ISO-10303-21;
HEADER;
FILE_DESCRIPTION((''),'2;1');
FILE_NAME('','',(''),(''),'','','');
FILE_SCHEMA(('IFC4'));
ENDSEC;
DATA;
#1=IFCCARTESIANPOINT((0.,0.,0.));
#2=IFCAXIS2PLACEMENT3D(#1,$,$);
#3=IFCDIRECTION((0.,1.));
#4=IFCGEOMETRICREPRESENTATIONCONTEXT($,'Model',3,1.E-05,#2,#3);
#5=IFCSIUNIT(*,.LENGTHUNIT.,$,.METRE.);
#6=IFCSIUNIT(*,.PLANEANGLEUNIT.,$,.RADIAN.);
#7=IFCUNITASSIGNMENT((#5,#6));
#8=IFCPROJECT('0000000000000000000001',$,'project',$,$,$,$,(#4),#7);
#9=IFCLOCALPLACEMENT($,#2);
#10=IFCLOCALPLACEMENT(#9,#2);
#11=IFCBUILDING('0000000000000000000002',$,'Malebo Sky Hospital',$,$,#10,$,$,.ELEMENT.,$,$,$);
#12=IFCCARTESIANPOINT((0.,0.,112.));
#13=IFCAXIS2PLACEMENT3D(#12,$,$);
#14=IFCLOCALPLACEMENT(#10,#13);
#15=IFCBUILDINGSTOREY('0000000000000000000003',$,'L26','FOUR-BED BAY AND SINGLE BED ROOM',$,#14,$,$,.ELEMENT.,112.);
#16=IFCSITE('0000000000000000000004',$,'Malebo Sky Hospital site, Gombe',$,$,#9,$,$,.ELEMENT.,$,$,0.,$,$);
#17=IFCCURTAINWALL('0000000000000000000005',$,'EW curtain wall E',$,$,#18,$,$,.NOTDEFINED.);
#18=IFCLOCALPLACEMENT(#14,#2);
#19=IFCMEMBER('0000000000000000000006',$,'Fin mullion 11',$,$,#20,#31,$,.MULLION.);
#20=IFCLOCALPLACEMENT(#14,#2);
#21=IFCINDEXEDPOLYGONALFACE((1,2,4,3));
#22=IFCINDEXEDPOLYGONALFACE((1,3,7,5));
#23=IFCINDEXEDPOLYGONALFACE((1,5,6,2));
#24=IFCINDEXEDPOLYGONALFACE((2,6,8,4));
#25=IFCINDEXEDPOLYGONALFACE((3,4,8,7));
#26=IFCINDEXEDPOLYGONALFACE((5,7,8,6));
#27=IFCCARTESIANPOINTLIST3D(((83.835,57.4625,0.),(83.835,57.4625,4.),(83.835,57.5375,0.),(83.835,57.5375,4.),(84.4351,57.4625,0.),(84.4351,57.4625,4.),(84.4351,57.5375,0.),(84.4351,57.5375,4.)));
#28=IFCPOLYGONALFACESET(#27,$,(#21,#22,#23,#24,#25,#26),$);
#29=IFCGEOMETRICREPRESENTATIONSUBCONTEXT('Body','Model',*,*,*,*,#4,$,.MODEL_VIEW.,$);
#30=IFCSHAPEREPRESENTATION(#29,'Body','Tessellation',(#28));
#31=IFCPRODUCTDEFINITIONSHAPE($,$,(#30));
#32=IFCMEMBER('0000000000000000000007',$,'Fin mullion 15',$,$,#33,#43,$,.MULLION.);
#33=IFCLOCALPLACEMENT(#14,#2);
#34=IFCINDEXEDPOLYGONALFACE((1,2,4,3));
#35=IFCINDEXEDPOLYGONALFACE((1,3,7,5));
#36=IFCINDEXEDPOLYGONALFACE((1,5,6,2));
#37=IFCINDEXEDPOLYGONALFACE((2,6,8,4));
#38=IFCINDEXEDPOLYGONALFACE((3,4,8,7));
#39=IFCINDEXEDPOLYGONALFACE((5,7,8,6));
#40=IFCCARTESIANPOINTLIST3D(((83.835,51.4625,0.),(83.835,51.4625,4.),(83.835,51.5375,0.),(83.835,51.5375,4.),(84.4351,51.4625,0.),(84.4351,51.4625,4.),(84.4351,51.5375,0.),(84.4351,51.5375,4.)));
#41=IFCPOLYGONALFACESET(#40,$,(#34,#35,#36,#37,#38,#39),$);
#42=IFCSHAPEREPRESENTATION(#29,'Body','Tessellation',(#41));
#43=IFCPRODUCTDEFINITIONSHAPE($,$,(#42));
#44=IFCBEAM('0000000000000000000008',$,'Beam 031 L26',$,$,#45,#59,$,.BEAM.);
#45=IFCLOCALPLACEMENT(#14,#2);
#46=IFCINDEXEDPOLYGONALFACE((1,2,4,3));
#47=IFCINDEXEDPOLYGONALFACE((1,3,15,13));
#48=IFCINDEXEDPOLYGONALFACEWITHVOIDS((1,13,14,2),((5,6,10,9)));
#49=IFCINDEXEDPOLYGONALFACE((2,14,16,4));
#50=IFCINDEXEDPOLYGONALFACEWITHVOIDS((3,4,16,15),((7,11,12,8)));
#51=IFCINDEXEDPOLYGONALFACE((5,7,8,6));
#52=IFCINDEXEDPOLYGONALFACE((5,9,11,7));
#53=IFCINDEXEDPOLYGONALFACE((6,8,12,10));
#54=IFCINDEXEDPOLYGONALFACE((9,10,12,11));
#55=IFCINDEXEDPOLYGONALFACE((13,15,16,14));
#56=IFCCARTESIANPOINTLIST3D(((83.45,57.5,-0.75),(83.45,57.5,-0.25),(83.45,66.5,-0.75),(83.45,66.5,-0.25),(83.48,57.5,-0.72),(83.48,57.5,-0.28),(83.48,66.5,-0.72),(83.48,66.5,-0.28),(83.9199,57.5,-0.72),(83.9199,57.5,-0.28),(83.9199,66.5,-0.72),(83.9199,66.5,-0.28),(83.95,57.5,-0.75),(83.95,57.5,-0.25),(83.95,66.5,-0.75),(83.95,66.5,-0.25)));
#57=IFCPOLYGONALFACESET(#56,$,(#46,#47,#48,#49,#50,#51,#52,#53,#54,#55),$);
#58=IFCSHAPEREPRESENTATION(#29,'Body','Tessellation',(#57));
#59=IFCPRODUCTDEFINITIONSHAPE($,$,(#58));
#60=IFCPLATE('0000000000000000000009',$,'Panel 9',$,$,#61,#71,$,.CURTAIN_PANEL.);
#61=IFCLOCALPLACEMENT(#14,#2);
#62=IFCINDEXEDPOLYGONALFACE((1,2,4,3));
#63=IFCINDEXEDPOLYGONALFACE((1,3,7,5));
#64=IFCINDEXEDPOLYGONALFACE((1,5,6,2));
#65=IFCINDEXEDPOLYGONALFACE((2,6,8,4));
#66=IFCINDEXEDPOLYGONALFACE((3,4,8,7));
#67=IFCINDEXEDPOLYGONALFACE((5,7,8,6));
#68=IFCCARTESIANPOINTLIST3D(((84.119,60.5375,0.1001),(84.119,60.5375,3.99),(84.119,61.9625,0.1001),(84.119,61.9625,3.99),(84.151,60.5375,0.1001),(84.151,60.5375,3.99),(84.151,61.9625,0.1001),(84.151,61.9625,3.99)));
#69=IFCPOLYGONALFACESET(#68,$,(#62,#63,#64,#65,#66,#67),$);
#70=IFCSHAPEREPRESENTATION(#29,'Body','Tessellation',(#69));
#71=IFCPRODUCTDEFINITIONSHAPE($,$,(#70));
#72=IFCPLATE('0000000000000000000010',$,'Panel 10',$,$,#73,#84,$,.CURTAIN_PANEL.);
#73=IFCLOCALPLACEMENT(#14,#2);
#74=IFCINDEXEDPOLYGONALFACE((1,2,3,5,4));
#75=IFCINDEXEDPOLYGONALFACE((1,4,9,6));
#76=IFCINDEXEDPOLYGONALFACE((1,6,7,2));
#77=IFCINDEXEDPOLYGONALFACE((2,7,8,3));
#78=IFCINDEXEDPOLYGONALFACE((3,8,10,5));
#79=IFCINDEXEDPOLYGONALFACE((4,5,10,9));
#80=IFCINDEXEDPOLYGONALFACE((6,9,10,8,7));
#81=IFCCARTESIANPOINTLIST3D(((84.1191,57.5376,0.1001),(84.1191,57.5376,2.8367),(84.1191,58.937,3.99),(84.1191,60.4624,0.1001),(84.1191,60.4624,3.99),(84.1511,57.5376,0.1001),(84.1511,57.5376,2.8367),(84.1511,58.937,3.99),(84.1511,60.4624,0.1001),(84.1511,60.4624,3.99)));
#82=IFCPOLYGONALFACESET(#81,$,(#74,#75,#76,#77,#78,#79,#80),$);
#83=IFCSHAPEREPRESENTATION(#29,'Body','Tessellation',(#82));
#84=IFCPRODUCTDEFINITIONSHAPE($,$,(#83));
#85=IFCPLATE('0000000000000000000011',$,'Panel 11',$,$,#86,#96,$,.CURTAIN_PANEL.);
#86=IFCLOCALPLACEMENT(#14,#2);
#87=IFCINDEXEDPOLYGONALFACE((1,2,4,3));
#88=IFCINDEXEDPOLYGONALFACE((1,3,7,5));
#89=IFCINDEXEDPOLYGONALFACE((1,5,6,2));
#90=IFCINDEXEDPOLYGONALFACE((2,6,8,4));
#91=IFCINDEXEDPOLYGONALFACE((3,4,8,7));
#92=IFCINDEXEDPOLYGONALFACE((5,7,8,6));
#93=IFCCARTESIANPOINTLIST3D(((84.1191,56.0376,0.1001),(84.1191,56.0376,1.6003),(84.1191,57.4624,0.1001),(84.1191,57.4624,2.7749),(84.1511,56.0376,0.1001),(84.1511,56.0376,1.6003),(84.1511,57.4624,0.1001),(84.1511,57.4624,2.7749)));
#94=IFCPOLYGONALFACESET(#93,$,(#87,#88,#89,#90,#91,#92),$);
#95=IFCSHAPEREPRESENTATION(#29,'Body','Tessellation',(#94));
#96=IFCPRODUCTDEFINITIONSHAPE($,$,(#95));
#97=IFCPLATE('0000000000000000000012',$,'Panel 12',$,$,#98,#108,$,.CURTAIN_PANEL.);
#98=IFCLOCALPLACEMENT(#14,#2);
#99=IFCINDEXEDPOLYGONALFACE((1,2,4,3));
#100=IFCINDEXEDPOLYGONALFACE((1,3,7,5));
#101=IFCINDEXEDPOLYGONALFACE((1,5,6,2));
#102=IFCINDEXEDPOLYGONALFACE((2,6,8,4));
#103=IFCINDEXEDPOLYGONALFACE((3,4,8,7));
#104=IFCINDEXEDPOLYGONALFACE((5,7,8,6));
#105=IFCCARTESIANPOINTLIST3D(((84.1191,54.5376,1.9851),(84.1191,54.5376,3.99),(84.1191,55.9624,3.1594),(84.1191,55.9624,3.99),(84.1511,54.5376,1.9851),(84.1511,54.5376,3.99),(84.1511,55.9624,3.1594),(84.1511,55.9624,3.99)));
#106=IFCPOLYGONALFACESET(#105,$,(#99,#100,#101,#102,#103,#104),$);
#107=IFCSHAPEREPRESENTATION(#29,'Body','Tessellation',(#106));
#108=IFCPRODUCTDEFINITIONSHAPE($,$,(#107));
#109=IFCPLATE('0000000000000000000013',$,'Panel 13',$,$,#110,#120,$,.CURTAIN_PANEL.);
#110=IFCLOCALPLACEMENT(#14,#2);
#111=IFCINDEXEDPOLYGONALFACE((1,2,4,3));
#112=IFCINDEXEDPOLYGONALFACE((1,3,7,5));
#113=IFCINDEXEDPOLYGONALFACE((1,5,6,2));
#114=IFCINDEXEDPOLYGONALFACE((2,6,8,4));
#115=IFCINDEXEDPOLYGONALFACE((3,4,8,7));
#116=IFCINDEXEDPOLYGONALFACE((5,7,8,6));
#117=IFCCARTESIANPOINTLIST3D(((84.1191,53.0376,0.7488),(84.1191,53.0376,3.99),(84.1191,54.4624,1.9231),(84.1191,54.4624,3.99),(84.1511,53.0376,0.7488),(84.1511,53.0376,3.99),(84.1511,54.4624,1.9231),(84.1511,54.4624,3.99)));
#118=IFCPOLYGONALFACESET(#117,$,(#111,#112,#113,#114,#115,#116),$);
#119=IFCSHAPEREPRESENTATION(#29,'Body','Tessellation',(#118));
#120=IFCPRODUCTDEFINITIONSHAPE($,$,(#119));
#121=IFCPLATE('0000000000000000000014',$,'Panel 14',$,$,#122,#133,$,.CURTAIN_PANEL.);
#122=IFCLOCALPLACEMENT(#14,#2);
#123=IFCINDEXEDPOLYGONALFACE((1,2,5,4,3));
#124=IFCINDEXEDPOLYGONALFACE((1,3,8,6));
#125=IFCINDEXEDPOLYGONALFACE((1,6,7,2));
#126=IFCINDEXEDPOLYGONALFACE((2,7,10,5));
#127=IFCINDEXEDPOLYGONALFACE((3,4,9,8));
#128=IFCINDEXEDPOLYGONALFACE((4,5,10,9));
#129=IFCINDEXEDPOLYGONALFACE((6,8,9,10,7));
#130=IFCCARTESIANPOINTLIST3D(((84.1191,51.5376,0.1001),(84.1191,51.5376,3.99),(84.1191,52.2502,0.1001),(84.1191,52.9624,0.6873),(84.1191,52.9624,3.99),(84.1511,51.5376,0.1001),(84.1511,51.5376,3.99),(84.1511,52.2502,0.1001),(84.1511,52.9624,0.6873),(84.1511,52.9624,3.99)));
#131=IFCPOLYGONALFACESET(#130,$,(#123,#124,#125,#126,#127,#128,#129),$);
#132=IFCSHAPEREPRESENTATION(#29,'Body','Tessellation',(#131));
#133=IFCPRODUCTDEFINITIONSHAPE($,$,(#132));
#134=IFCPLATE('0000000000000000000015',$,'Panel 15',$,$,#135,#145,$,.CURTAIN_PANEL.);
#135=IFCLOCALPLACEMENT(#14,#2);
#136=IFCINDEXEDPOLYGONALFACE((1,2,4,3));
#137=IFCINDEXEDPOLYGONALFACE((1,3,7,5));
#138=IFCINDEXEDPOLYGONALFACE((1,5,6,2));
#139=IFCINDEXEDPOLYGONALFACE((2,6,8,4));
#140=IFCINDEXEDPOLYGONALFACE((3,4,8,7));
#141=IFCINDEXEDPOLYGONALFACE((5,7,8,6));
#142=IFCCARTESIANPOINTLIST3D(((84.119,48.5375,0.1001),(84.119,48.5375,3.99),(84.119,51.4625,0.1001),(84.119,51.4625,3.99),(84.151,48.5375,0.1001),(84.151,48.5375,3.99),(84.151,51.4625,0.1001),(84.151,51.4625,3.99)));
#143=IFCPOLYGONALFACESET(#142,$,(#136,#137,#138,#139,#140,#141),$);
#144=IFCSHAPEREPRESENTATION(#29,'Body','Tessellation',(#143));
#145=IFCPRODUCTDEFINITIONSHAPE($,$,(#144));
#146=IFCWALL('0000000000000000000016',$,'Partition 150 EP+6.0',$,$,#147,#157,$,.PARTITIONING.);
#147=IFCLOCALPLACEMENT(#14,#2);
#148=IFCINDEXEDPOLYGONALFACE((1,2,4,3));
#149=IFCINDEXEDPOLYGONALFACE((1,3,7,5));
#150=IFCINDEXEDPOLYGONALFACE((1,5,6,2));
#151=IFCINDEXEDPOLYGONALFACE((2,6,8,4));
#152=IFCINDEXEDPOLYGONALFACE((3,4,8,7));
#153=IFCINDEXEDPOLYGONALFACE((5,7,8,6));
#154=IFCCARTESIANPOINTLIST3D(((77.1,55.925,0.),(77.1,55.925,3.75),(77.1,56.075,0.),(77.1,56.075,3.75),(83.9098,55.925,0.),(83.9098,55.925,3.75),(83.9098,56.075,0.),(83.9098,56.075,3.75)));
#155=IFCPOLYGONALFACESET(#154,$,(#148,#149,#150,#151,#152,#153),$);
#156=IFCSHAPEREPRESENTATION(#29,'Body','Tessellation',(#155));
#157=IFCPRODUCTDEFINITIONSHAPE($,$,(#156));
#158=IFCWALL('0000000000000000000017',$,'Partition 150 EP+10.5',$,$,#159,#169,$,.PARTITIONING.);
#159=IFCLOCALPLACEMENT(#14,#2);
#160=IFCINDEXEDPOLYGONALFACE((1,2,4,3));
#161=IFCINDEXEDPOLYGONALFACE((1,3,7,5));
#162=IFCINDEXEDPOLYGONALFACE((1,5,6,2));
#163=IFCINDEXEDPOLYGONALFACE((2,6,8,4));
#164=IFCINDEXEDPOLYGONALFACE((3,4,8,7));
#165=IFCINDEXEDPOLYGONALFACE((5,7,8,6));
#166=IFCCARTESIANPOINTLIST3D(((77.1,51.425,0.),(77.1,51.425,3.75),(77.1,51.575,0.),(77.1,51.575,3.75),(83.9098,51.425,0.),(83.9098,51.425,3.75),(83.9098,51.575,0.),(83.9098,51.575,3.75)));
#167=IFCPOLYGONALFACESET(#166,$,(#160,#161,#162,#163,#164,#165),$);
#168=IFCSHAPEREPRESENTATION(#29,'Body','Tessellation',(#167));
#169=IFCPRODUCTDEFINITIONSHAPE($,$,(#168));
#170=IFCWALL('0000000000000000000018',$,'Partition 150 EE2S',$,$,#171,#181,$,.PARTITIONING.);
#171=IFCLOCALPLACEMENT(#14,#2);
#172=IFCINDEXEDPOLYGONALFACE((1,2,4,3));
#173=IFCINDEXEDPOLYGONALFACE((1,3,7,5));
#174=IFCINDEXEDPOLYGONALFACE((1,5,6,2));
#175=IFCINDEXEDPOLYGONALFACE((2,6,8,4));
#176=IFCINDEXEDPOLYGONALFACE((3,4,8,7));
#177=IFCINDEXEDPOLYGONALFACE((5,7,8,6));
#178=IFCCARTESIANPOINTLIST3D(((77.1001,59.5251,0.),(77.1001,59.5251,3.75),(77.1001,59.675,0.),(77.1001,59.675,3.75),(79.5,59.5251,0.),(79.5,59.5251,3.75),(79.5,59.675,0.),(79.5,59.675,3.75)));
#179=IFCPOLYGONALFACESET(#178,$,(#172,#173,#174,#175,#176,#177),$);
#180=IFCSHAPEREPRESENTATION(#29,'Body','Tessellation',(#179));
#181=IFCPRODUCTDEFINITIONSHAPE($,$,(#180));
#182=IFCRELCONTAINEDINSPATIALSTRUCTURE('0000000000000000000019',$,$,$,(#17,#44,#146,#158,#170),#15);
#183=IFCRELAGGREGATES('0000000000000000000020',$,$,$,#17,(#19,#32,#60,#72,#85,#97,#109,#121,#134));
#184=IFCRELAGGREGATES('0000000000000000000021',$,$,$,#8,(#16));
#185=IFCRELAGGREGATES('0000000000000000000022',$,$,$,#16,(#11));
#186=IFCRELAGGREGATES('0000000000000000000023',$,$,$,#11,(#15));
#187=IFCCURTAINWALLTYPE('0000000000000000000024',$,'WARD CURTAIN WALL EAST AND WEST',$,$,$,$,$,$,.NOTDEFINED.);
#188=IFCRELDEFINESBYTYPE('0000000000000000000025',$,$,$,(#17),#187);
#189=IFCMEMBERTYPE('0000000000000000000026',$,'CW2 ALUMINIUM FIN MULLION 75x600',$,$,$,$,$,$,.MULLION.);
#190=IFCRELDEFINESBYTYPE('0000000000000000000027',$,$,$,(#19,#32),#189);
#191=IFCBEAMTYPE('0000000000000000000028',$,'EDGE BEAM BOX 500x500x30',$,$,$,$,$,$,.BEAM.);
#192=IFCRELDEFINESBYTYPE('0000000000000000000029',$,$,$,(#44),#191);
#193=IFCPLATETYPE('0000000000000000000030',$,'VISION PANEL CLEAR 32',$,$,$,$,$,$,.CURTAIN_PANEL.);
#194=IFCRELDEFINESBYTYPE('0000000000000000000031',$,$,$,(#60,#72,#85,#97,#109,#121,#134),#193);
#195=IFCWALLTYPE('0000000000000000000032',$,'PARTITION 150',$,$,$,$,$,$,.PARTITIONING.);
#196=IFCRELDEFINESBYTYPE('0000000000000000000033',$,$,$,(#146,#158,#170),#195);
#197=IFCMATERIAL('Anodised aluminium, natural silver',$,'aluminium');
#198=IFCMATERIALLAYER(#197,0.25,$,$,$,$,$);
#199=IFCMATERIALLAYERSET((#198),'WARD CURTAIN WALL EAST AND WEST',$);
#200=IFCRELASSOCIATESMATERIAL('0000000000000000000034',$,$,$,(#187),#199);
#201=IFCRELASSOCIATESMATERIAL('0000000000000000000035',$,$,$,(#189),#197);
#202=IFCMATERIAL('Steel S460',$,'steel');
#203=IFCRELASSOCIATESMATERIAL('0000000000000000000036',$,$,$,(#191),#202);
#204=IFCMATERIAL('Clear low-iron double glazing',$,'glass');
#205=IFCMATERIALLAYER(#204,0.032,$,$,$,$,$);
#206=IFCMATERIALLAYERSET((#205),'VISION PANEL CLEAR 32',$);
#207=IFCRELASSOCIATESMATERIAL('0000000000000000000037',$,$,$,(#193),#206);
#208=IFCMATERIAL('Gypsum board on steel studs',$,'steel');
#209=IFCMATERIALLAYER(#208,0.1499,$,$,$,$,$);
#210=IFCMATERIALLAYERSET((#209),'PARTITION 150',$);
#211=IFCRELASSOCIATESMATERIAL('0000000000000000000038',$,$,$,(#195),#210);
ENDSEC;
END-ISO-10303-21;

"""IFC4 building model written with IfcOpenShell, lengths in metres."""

from ifc_helpers import new_model, si_unit, direction, frame, frame_2d, origin, origin_2d, place, context, subcontext, project, spatial, polyline, rectangle, hollow_rectangle, outline, extrude, material, layer, layer_set, material_profile, profile_set, type_object, element, aggregate, save


model = new_model("IFC4")

# Units and contexts
model_context = context("Model", 3, precision=1e-05, world=origin(), true_north=direction((0.0, 1.0)))
body_context = subcontext(model_context, "Body", "Model", "MODEL_VIEW")
ifc_project = project(units=[si_unit("LENGTHUNIT", "METRE"), si_unit("PLANEANGLEUNIT", "RADIAN")], contexts=[model_context])

# Site, building, storey
site_placement = place(None, origin())
site = spatial("IfcSite", under=ifc_project, at=site_placement, Name="Malebo Sky Hospital site, Gombe", CompositionType="ELEMENT", RefElevation=0.0)
building_placement = place(site_placement, origin())
building = spatial("IfcBuilding", under=site, at=building_placement, Name="Malebo Sky Hospital", CompositionType="ELEMENT")
storey_placement = place(building_placement, frame((0.0, 0.0, 112.0)))
storey = spatial("IfcBuildingStorey", under=building, at=storey_placement, Name="L26", Description="FOUR-BED BAY AND SINGLE BED ROOM", CompositionType="ELEMENT", Elevation=112.0)

# Shared definitions
ifc_material_1 = material(Name="Steel S460", Category="steel")

# Curtain wall
ifc_material_2 = material(Name="Anodised aluminium, natural silver", Category="aluminium")
ifc_layer_1 = layer(ifc_material_2, 0.25)
ifc_layer_set_1 = layer_set([ifc_layer_1], Name="WARD CURTAIN WALL EAST AND WEST")
curtain_wall_type = type_object("IfcCurtainWallType", Name="WARD CURTAIN WALL EAST AND WEST", PredefinedType="NOTDEFINED", material=ifc_layer_set_1)
curtain_wall_placement = place(storey_placement, origin())
curtain_wall = element("IfcCurtainWall", 1, at=curtain_wall_placement, inside=storey, type_object=curtain_wall_type, Name="EW curtain wall E", PredefinedType="NOTDEFINED")

# Members
ifc_material_profile_1 = material_profile(ifc_material_2, rectangle(XDim=0.075, YDim=0.6001, at=origin_2d()), Name="CW2 ALUMINIUM FIN MULLION 75x600")
ifc_profile_set_1 = profile_set([ifc_material_profile_1], Name="Anodised aluminium, natural silver")
member_type_1 = type_object("IfcMemberType", Name="CW2 ALUMINIUM FIN MULLION 75x600", PredefinedType="MULLION", material=ifc_profile_set_1)
member_1_placement = place(storey_placement, frame((84.135, 57.5, 0.0), z_axis=(0.0, 0.0, 1.0), x_axis=(0.0, -1.0, 0.0)))
member_1 = element("IfcMember", 2, at=member_1_placement, type_object=member_type_1, Name="Fin mullion 11", PredefinedType="MULLION", context=body_context, shape_type="SweptSolid", body=[
    extrude(rectangle(XDim=0.075, YDim=0.6001, at=origin_2d()), origin(), (0.0, 0.0, 1.0), 4.0),
])
member_2_placement = place(storey_placement, frame((84.135, 51.5, 0.0), z_axis=(0.0, 0.0, 1.0), x_axis=(0.0, -1.0, 0.0)))
member_2 = element("IfcMember", 3, at=member_2_placement, type_object=member_type_1, Name="Fin mullion 15", PredefinedType="MULLION", context=body_context, shape_type="SweptSolid", body=[
    extrude(rectangle(XDim=0.075, YDim=0.6001, at=origin_2d()), origin(), (0.0, 0.0, 1.0), 4.0),
])

# Beam
ifc_material_profile_2 = material_profile(ifc_material_1, hollow_rectangle(XDim=0.5, YDim=0.5, WallThickness=0.03, at=origin_2d()), Name="BOX 500x500x30")
ifc_profile_set_2 = profile_set([ifc_material_profile_2], Name="Steel S460")
beam_type = type_object("IfcBeamType", Name="EDGE BEAM BOX 500x500x30", PredefinedType="BEAM", material=ifc_profile_set_2)
beam_placement = place(storey_placement, frame((83.7, 57.5, -0.5), z_axis=(0.0, 1.0, 0.0), x_axis=(-1.0, 0.0, 0.0)))
element("IfcBeam", 4, at=beam_placement, inside=storey, type_object=beam_type, Name="Beam 031 L26", PredefinedType="BEAM", context=body_context, shape_type="SweptSolid", body=[
    extrude(hollow_rectangle(XDim=0.5, YDim=0.5, WallThickness=0.03, at=origin_2d()), origin(), (0.0, 0.0, 1.0), 9.0),
])

# Plates
ifc_material_3 = material(Name="Clear low-iron double glazing", Category="glass")
ifc_layer_2 = layer(ifc_material_3, 0.032)
ifc_layer_set_2 = layer_set([ifc_layer_2], Name="VISION PANEL CLEAR 32")
plate_type = type_object("IfcPlateType", Name="VISION PANEL CLEAR 32", PredefinedType="CURTAIN_PANEL", material=ifc_layer_set_2)
plate_1_placement = place(storey_placement, frame((84.135, 61.25, 0.1001), z_axis=(0.0, 0.0, 1.0), x_axis=(0.0, -1.0, 0.0)))
plate_1 = element("IfcPlate", 5, at=plate_1_placement, type_object=plate_type, Name="Panel 9", PredefinedType="CURTAIN_PANEL", context=body_context, shape_type="SweptSolid", body=[
    extrude(rectangle(XDim=1.425, YDim=0.032, at=origin_2d()), origin(), (0.0, 0.0, 1.0), 3.8899),
])
plate_2_placement = place(storey_placement, frame((84.135, 59.0, 0.1001), z_axis=(0.0, 0.0, 1.0), x_axis=(0.0, -1.0, 0.0)))
plate_2 = element("IfcPlate", 6, at=plate_2_placement, type_object=plate_type, Name="Panel 10", PredefinedType="CURTAIN_PANEL", context=body_context, shape_type="SweptSolid", body=[
    extrude(outline(polyline([(-1.4624, 0.0), (1.4624, 0.0), (1.4624, 2.7366), (0.063, 3.8899), (-1.4624, 3.8899), (-1.4624, 0.0)])), frame((0.0, 0.0161, 0.0), z_axis=(0.0, -1.0, 0.0), x_axis=(1.0, 0.0, 0.0)), (0.0, 0.0, 1.0), 0.032),
])
plate_3_placement = place(storey_placement, frame((84.135, 56.75, 0.1001), z_axis=(0.0, 0.0, 1.0), x_axis=(0.0, -1.0, 0.0)))
plate_3 = element("IfcPlate", 7, at=plate_3_placement, type_object=plate_type, Name="Panel 11", PredefinedType="CURTAIN_PANEL", context=body_context, shape_type="SweptSolid", body=[
    extrude(outline(polyline([(-0.7124, 0.0), (0.7124, 0.0), (0.7124, 1.5002), (-0.7124, 2.6748), (-0.7124, 0.0)])), frame((0.0, 0.0161, 0.0), z_axis=(0.0, -1.0, 0.0), x_axis=(1.0, 0.0, 0.0)), (0.0, 0.0, 1.0), 0.032),
])
plate_4_placement = place(storey_placement, frame((84.135, 55.25, 1.9851), z_axis=(0.0, 0.0, 1.0), x_axis=(0.0, -1.0, 0.0)))
plate_4 = element("IfcPlate", 8, at=plate_4_placement, type_object=plate_type, Name="Panel 12", PredefinedType="CURTAIN_PANEL", context=body_context, shape_type="SweptSolid", body=[
    extrude(outline(polyline([(0.7124, 0.0), (0.7124, 2.0049), (-0.7124, 2.0049), (-0.7124, 1.1743), (0.7124, 0.0)])), frame((0.0, 0.0161, 0.0), z_axis=(0.0, -1.0, 0.0), x_axis=(1.0, 0.0, 0.0)), (0.0, 0.0, 1.0), 0.032),
])
plate_5_placement = place(storey_placement, frame((84.135, 53.75, 0.7488), z_axis=(0.0, 0.0, 1.0), x_axis=(0.0, -1.0, 0.0)))
plate_5 = element("IfcPlate", 9, at=plate_5_placement, type_object=plate_type, Name="Panel 13", PredefinedType="CURTAIN_PANEL", context=body_context, shape_type="SweptSolid", body=[
    extrude(outline(polyline([(0.7124, 0.0), (0.7124, 3.2412), (-0.7124, 3.2412), (-0.7124, 1.1743), (0.7124, 0.0)])), frame((0.0, 0.0161, 0.0), z_axis=(0.0, -1.0, 0.0), x_axis=(1.0, 0.0, 0.0)), (0.0, 0.0, 1.0), 0.032),
])
plate_6_placement = place(storey_placement, frame((84.135, 52.25, 0.1001), z_axis=(0.0, 0.0, 1.0), x_axis=(0.0, -1.0, 0.0)))
plate_6 = element("IfcPlate", 10, at=plate_6_placement, type_object=plate_type, Name="Panel 14", PredefinedType="CURTAIN_PANEL", context=body_context, shape_type="SweptSolid", body=[
    extrude(outline(polyline([(-0.0002, 0.0), (0.7124, 0.0), (0.7124, 3.8899), (-0.7124, 3.8899), (-0.7124, 0.5872), (-0.0002, 0.0)])), frame((0.0, 0.0161, 0.0), z_axis=(0.0, -1.0, 0.0), x_axis=(1.0, 0.0, 0.0)), (0.0, 0.0, 1.0), 0.032),
])
plate_7_placement = place(storey_placement, frame((84.135, 50.0, 0.1001), z_axis=(0.0, 0.0, 1.0), x_axis=(0.0, -1.0, 0.0)))
plate_7 = element("IfcPlate", 11, at=plate_7_placement, type_object=plate_type, Name="Panel 15", PredefinedType="CURTAIN_PANEL", context=body_context, shape_type="SweptSolid", body=[
    extrude(rectangle(XDim=2.925, YDim=0.032, at=origin_2d()), origin(), (0.0, 0.0, 1.0), 3.8899),
])
aggregate(curtain_wall, [member_1, member_2, plate_1, plate_2, plate_3, plate_4, plate_5, plate_6, plate_7])

# Walls
ifc_material_4 = material(Name="Gypsum board on steel studs", Category="steel")
ifc_layer_3 = layer(ifc_material_4, 0.1499)
ifc_layer_set_3 = layer_set([ifc_layer_3], Name="PARTITION 150")
wall_type = type_object("IfcWallType", Name="PARTITION 150", PredefinedType="PARTITIONING", material=ifc_layer_set_3)
for number, where, z_axis, x_axis, name in (
    (12, (77.1001, 56.0, 0.0), (0.0, 0.0, 1.0), (1.0, 0.0, 0.0), "Partition 150 EP+6.0"),
    (13, (77.1001, 51.5, 0.0), (0.0, 0.0, 1.0), (1.0, 0.0, 0.0), "Partition 150 EP+10.5"),
):
    element("IfcWall", number, at=place(storey_placement, frame(where, z_axis=z_axis, x_axis=x_axis)), inside=storey, type_object=wall_type, Name=name, PredefinedType="PARTITIONING", context=body_context, shape_type="SweptSolid", body=[
        extrude(rectangle(XDim=6.8098, YDim=0.1499, at=frame_2d((3.4048, 0.0))), origin(), (0.0, 0.0, 1.0), 3.75),
    ])
wall_1_placement = place(storey_placement, frame((77.1001, 59.6001, 0.0), z_axis=(0.0, 0.0, 1.0), x_axis=(1.0, 0.0, 0.0)))
element("IfcWall", 14, at=wall_1_placement, inside=storey, type_object=wall_type, Name="Partition 150 EE2S", PredefinedType="PARTITIONING", context=body_context, shape_type="SweptSolid", body=[
    extrude(rectangle(XDim=2.3999, YDim=0.1499, at=frame_2d((1.2, 0.0))), origin(), (0.0, 0.0, 1.0), 3.75),
])

save(model, "model.ifc")
